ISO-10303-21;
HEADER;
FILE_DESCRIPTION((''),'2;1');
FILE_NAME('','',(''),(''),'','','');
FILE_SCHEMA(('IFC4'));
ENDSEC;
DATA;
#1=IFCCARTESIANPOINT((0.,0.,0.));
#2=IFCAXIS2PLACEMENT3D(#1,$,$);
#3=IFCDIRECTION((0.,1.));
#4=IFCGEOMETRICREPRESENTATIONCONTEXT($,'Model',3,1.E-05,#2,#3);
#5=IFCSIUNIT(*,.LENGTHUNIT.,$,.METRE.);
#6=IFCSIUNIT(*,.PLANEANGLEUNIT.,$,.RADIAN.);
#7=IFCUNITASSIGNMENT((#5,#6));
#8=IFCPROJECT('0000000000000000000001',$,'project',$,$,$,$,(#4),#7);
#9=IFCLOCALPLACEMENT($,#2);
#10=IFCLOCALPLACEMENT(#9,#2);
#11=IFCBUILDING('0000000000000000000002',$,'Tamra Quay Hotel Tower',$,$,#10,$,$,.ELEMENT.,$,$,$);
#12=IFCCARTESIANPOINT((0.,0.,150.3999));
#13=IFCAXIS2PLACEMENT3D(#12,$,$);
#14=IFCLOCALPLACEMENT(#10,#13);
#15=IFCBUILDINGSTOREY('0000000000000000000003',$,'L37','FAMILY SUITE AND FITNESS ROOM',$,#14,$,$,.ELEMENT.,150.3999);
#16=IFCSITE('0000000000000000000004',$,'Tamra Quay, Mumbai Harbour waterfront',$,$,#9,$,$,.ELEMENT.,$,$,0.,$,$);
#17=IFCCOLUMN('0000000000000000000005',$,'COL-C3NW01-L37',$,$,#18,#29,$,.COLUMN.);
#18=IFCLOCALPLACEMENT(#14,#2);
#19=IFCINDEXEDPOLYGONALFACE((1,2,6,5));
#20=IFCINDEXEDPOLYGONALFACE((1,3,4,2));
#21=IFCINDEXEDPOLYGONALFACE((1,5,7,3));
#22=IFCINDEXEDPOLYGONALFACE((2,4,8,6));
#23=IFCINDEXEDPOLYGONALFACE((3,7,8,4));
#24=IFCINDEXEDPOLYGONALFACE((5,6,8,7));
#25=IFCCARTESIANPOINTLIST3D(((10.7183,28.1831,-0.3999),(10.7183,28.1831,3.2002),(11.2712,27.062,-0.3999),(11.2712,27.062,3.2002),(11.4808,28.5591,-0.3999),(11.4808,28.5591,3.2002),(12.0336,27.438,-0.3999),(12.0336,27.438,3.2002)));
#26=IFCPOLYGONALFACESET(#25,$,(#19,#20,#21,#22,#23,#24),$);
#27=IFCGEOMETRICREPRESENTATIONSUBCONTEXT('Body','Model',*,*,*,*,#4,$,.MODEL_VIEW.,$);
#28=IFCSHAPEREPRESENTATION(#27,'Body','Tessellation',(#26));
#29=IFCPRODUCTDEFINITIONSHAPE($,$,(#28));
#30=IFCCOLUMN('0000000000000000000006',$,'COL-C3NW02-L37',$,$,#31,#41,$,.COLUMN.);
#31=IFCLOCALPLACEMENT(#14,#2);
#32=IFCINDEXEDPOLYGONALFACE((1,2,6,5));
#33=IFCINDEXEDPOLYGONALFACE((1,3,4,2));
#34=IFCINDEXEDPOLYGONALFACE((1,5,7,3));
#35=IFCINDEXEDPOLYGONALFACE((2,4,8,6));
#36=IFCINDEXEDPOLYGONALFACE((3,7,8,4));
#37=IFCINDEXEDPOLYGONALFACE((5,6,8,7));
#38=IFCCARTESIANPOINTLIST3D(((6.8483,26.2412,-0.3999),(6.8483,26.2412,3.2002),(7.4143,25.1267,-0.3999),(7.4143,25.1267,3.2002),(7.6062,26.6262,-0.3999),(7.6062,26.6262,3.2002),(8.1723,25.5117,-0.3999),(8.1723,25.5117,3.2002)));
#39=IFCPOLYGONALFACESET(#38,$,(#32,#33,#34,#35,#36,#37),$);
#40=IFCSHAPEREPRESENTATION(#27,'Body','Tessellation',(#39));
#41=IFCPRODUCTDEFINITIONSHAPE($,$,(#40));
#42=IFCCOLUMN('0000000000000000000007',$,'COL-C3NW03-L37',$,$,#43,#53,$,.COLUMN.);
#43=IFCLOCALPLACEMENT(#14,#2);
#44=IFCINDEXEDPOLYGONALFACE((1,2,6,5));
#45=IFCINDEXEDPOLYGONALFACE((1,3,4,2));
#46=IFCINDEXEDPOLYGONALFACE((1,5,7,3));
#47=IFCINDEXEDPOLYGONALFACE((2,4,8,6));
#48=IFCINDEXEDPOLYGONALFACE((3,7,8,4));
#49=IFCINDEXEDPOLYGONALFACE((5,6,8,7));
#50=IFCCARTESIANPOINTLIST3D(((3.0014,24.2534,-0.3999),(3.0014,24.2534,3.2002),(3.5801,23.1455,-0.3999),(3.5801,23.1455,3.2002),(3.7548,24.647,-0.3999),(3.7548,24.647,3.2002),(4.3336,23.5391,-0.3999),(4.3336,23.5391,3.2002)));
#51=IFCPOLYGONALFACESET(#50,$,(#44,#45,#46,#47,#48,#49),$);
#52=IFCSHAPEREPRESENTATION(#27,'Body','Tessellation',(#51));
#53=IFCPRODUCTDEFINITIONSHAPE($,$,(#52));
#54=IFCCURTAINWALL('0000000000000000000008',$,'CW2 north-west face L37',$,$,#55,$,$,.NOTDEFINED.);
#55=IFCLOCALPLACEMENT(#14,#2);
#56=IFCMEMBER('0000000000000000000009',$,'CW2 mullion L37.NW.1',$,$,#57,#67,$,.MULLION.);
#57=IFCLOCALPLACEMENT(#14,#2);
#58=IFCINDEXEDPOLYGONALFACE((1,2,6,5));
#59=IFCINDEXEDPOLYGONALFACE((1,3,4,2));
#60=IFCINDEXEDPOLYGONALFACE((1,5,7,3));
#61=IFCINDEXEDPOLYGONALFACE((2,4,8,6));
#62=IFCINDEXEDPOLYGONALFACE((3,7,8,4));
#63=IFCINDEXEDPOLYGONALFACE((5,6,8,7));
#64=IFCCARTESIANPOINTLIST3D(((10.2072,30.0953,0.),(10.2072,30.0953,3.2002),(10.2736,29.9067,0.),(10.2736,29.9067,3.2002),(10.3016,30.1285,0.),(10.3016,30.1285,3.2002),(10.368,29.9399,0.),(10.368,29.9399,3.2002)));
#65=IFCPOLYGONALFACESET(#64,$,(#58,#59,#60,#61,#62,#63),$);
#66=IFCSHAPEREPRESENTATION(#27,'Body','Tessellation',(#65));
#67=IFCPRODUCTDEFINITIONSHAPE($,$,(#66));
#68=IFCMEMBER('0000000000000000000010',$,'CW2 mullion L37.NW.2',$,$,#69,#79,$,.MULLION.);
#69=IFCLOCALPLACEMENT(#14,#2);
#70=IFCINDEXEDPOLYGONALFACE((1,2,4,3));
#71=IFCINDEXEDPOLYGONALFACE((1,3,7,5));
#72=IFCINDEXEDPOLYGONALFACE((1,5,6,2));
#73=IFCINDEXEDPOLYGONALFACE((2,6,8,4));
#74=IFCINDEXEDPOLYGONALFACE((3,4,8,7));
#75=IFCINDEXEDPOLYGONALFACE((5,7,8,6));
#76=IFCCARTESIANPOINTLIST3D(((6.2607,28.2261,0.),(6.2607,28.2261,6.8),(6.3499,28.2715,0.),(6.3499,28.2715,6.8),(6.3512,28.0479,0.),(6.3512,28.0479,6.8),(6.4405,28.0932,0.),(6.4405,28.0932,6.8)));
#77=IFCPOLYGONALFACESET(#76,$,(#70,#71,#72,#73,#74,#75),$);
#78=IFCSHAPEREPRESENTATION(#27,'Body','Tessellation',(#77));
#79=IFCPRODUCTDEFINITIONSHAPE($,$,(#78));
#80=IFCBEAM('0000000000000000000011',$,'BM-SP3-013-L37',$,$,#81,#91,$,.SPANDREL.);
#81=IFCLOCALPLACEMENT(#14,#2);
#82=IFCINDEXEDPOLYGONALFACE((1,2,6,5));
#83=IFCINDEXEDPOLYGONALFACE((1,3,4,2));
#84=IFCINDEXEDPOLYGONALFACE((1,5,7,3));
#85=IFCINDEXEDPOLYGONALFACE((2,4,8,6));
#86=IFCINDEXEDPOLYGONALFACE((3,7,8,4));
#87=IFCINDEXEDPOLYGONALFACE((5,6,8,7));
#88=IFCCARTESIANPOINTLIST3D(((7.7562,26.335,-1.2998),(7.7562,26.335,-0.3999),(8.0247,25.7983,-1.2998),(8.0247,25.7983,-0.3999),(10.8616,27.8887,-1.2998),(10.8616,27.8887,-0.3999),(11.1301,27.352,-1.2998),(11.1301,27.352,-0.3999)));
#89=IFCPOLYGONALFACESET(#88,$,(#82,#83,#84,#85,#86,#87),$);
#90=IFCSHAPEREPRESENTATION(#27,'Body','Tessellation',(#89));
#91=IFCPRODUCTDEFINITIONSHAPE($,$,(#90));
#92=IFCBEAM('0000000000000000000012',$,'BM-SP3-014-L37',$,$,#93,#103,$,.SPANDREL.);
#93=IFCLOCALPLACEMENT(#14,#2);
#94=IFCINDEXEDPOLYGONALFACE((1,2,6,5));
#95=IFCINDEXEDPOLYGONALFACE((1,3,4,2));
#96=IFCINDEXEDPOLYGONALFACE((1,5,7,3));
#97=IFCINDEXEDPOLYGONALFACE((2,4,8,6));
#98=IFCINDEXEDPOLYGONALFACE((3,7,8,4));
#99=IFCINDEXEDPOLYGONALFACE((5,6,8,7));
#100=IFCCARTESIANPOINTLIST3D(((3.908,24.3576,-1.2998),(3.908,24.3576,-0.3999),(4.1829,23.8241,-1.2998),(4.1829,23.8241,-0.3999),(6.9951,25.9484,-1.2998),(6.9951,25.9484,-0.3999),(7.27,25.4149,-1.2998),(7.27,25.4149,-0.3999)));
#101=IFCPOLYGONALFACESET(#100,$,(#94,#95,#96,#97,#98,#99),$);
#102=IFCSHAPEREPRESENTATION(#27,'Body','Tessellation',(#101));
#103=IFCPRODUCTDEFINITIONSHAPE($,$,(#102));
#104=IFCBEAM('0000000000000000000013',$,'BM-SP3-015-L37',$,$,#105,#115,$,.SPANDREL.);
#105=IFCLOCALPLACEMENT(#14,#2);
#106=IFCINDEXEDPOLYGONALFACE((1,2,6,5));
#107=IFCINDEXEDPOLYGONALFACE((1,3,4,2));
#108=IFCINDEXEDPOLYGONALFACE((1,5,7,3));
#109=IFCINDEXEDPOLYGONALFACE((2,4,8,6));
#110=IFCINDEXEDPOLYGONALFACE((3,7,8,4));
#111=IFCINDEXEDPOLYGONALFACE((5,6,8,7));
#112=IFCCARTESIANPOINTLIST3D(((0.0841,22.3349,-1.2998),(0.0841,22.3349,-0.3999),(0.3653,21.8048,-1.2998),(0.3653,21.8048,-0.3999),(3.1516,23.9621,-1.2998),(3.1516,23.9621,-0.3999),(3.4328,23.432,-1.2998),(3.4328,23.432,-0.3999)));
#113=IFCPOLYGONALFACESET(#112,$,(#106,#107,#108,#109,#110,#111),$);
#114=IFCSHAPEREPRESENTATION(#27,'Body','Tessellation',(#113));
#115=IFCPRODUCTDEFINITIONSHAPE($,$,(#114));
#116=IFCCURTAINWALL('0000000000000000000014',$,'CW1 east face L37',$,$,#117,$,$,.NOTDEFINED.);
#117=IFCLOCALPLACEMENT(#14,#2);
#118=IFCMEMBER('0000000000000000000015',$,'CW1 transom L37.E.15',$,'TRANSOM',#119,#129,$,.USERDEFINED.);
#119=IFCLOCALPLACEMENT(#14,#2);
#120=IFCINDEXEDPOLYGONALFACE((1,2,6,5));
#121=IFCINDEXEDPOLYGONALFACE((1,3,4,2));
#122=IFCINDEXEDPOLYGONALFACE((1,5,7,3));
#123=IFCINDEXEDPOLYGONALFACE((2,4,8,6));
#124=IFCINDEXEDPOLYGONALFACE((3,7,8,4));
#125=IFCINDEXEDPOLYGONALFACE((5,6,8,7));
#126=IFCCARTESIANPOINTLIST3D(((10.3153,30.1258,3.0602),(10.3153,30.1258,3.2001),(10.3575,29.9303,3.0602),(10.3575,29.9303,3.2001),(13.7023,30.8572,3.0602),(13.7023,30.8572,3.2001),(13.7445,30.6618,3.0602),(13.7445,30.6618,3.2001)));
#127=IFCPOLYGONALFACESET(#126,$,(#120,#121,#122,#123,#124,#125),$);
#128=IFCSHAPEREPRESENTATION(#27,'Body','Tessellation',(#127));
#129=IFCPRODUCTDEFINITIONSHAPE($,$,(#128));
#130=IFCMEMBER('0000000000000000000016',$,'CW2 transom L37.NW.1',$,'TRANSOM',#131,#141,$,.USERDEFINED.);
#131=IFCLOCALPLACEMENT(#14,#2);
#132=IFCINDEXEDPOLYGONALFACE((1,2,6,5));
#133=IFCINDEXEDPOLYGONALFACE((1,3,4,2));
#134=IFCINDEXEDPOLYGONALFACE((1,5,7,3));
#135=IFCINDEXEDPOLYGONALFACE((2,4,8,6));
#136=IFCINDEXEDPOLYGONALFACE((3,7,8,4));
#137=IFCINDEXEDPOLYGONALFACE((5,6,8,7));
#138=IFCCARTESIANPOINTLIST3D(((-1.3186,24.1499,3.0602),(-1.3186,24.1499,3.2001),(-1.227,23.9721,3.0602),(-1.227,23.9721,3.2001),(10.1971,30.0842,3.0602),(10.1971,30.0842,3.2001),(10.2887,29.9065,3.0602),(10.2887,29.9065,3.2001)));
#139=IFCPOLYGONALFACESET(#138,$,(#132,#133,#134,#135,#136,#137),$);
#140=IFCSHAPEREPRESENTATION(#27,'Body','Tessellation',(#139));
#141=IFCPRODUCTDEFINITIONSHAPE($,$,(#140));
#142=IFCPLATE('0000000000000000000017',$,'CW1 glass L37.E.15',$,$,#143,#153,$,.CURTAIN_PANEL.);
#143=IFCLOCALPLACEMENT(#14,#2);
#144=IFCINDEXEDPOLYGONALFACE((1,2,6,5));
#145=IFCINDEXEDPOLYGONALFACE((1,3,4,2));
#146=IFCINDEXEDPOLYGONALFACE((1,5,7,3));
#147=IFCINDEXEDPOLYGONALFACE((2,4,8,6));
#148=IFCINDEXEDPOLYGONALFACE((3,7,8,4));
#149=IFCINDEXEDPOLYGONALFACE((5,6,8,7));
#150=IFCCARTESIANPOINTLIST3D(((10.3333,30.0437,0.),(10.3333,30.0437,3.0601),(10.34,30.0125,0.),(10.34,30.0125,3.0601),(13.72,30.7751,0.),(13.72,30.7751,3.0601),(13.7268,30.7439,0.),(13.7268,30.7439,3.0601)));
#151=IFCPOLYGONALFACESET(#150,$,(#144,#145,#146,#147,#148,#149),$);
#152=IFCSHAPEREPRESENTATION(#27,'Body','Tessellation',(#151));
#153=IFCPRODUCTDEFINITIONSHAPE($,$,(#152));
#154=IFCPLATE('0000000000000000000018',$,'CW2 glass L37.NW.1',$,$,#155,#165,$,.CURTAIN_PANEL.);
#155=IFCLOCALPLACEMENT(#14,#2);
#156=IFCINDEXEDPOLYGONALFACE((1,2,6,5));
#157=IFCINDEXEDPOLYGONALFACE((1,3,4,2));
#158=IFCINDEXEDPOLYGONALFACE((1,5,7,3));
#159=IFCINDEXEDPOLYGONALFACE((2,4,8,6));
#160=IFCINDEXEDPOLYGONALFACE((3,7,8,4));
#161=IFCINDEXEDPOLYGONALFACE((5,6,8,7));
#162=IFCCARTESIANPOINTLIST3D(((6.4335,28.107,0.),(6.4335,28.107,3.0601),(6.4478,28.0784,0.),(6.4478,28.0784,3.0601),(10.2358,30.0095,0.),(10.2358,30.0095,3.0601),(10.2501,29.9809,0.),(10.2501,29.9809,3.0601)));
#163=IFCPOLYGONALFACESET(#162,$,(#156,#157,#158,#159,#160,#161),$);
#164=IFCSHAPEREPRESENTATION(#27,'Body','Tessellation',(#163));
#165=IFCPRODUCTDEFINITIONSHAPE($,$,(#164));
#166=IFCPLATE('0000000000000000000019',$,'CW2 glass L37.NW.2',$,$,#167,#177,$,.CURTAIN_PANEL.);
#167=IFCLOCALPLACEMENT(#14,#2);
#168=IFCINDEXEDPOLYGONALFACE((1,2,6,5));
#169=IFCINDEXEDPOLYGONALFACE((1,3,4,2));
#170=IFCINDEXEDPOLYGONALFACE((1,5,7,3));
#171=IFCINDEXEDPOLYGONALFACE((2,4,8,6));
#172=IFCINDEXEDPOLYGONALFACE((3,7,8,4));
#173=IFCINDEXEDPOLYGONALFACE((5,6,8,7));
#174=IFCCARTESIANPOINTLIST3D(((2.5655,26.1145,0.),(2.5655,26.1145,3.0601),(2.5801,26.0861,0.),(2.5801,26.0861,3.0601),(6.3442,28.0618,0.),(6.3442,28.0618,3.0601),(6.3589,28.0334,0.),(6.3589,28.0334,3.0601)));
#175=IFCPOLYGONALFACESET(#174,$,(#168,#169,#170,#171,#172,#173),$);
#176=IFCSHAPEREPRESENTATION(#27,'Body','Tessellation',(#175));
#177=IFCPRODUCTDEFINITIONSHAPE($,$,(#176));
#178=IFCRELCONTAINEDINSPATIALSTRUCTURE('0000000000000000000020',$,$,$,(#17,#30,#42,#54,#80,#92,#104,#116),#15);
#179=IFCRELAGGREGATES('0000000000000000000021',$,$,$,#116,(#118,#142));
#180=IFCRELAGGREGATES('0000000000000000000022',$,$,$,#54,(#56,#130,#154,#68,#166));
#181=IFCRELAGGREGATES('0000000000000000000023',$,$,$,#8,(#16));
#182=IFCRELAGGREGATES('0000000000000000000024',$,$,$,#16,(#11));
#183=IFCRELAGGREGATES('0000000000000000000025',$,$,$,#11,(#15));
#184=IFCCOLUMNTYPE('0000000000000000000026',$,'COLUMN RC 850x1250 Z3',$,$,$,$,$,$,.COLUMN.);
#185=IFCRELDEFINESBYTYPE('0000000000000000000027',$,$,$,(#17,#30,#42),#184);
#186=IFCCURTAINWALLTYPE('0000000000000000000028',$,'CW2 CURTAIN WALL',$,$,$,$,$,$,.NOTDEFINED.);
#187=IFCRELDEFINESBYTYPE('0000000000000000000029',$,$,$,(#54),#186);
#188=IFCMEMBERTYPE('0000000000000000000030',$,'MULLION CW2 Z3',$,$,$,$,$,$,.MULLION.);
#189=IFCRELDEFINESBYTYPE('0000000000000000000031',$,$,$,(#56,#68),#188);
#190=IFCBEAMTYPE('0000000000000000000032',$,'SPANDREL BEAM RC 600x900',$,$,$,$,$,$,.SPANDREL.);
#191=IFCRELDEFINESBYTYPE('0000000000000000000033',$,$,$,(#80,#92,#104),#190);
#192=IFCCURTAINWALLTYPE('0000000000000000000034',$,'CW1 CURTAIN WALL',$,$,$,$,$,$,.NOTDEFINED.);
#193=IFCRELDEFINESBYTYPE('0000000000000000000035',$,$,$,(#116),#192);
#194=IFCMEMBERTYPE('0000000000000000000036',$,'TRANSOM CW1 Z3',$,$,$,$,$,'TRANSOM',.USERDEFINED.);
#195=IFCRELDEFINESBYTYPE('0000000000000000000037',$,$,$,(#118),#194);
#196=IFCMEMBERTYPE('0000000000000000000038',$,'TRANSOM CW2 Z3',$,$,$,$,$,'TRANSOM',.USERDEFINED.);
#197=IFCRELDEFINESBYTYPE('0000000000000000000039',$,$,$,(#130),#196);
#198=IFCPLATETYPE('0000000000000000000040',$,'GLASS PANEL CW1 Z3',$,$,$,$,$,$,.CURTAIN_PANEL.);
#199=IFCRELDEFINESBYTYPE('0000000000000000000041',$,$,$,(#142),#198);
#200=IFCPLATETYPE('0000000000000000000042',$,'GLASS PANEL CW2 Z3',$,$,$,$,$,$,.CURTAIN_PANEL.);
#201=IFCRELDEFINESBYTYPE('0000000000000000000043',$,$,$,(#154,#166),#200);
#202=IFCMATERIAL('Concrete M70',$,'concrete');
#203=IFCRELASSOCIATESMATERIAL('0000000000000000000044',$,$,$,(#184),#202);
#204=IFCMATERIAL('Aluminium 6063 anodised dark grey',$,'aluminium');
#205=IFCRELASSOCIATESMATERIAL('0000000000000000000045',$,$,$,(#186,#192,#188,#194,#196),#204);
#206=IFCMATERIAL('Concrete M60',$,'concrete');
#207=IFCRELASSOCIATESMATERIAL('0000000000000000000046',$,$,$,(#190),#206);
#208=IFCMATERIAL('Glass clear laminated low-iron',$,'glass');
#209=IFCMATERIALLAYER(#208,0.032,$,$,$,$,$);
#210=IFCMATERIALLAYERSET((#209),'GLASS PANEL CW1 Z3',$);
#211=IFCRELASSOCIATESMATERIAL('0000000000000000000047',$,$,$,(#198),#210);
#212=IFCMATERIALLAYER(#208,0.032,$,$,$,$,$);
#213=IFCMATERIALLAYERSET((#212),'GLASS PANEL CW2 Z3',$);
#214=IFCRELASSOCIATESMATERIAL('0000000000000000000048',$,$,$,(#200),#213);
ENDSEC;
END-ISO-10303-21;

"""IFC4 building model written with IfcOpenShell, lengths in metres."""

from ifc_helpers import new_model, si_unit, direction, frame, origin, origin_2d, place, context, subcontext, project, spatial, rectangle, extrude, material, layer, layer_set, material_profile, profile_set, type_object, element, aggregate, save


model = new_model("IFC4")

# Units and contexts
model_context = context("Model", 3, precision=1e-05, world=origin(), true_north=direction((0.0, 1.0)))
body_context = subcontext(model_context, "Body", "Model", "MODEL_VIEW")
ifc_project = project(units=[si_unit("LENGTHUNIT", "METRE"), si_unit("PLANEANGLEUNIT", "RADIAN")], contexts=[model_context])

# Site, building, storey
site_placement = place(None, origin())
site = spatial("IfcSite", under=ifc_project, at=site_placement, Name="Tamra Quay, Mumbai Harbour waterfront", CompositionType="ELEMENT", RefElevation=0.0)
building_placement = place(site_placement, origin())
building = spatial("IfcBuilding", under=site, at=building_placement, Name="Tamra Quay Hotel Tower", CompositionType="ELEMENT")
storey_placement = place(building_placement, frame((0.0, 0.0, 150.3999)))
storey = spatial("IfcBuildingStorey", under=building, at=storey_placement, Name="L37", Description="FAMILY SUITE AND FITNESS ROOM", CompositionType="ELEMENT", Elevation=150.3999)

# Columns
ifc_material_1 = material(Name="Concrete M70", Category="concrete")
ifc_material_profile_1 = material_profile(ifc_material_1, rectangle(XDim=1.25, YDim=0.8501, at=origin_2d()), Name="COLUMN RC 850x1250 Z3")
ifc_profile_set_1 = profile_set([ifc_material_profile_1], Name="Concrete M70")
column_type = type_object("IfcColumnType", Name="COLUMN RC 850x1250 Z3", PredefinedType="COLUMN", material=ifc_profile_set_1)
for number, where, z_axis, x_axis, name in (
    (1, (11.376, 27.8105, -0.3999), (0.0, 0.0, 1.0), (-0.442275, 0.89688, 0.0), "COL-C3NW01-L37"),
    (2, (7.5103, 25.8765, -0.3999), (0.0, 0.0, 1.0), (-0.45286, 0.891582, 0.0), "COL-C3NW02-L37"),
    (3, (3.6675, 23.8962, -0.3999), (0.0, 0.0, 1.0), (-0.463007, 0.886355, 0.0), "COL-C3NW03-L37"),
):
    element("IfcColumn", number, at=place(storey_placement, frame(where, z_axis=z_axis, x_axis=x_axis)), inside=storey, type_object=column_type, Name=name, PredefinedType="COLUMN", context=body_context, shape_type="SweptSolid", body=[
        extrude(rectangle(XDim=1.25, YDim=0.8501, at=origin_2d()), origin(), (0.0, 0.0, 1.0), 3.6001),
    ])

# Curtain wall, members
ifc_material_2 = material(Name="Aluminium 6063 anodised dark grey", Category="aluminium")
curtain_wall_type_1 = type_object("IfcCurtainWallType", Name="CW2 CURTAIN WALL", PredefinedType="NOTDEFINED", material=ifc_material_2)
curtain_wall_1_placement = place(storey_placement, origin())
curtain_wall_1 = element("IfcCurtainWall", 4, at=curtain_wall_1_placement, inside=storey, type_object=curtain_wall_type_1, Name="CW2 north-west face L37", PredefinedType="NOTDEFINED")
ifc_material_profile_2 = material_profile(ifc_material_2, rectangle(XDim=0.2, YDim=0.1001, at=origin_2d()), Name="MULLION 100X200")
ifc_profile_set_2 = profile_set([ifc_material_profile_2], Name="Aluminium 6063 anodised dark grey")
member_type_1 = type_object("IfcMemberType", Name="MULLION CW2 Z3", PredefinedType="MULLION", material=ifc_profile_set_2)
member_1_placement = place(storey_placement, frame((10.2876, 30.0176, 0.0), z_axis=(0.0, 0.0, 1.0), x_axis=(-0.331894, 0.943317, 0.0)))
member_1 = element("IfcMember", 5, at=member_1_placement, type_object=member_type_1, Name="CW2 mullion L37.NW.1", PredefinedType="MULLION", context=body_context, shape_type="SweptSolid", body=[
    extrude(rectangle(XDim=0.2, YDim=0.1001, at=origin_2d()), origin(), (0.0, 0.0, 1.0), 3.2002),
])
member_2_placement = place(storey_placement, frame((6.3506, 28.1597, 0.0), z_axis=(0.0, 0.0, 1.0), x_axis=(-0.452777, 0.891624, 0.0)))
member_2 = element("IfcMember", 6, at=member_2_placement, type_object=member_type_1, Name="CW2 mullion L37.NW.2", PredefinedType="MULLION", context=body_context, shape_type="SweptSolid", body=[
    extrude(rectangle(XDim=0.2, YDim=0.1001, at=origin_2d()), origin(), (0.0, 0.0, 1.0), 6.8),
])

# Beams
ifc_material_3 = material(Name="Concrete M60", Category="concrete")
ifc_material_profile_3 = material_profile(ifc_material_3, rectangle(XDim=0.6001, YDim=0.8999, at=origin_2d()), Name="SPANDREL BEAM RC 600x900")
ifc_profile_set_3 = profile_set([ifc_material_profile_3], Name="Concrete M60")
beam_type = type_object("IfcBeamType", Name="SPANDREL BEAM RC 600x900", PredefinedType="SPANDREL", material=ifc_profile_set_3)
beam_1_placement = place(storey_placement, frame((10.9958, 27.6204, -0.8499), z_axis=(-0.894315, -0.447439, 0.0), x_axis=(0.447439, -0.894315, 0.0)))
element("IfcBeam", 7, at=beam_1_placement, inside=storey, type_object=beam_type, Name="BM-SP3-013-L37", PredefinedType="SPANDREL", context=body_context, shape_type="SweptSolid", body=[
    extrude(rectangle(XDim=0.6001, YDim=0.8999, at=origin_2d()), origin(), (0.0, 0.0, 1.0), 3.4724),
])
beam_2_placement = place(storey_placement, frame((7.1326, 25.6816, -0.8499), z_axis=(-0.88892, -0.458063, 0.0), x_axis=(0.458063, -0.88892, 0.0)))
element("IfcBeam", 8, at=beam_2_placement, inside=storey, type_object=beam_type, Name="BM-SP3-014-L37", PredefinedType="SPANDREL", context=body_context, shape_type="SweptSolid", body=[
    extrude(rectangle(XDim=0.6001, YDim=0.8999, at=origin_2d()), origin(), (0.0, 0.0, 1.0), 3.4729),
])
beam_3_placement = place(storey_placement, frame((3.2922, 23.697, -0.8499), z_axis=(-0.883411, -0.468598, 0.0), x_axis=(0.468598, -0.883411, 0.0)))
element("IfcBeam", 9, at=beam_3_placement, inside=storey, type_object=beam_type, Name="BM-SP3-015-L37", PredefinedType="SPANDREL", context=body_context, shape_type="SweptSolid", body=[
    extrude(rectangle(XDim=0.6001, YDim=0.8999, at=origin_2d()), origin(), (0.0, 0.0, 1.0), 3.4724),
])

# Curtain wall, member
curtain_wall_type_2 = type_object("IfcCurtainWallType", Name="CW1 CURTAIN WALL", PredefinedType="NOTDEFINED", material=ifc_material_2)
curtain_wall_2_placement = place(storey_placement, origin())
curtain_wall_2 = element("IfcCurtainWall", 10, at=curtain_wall_2_placement, inside=storey, type_object=curtain_wall_type_2, Name="CW1 east face L37", PredefinedType="NOTDEFINED")
ifc_material_profile_4 = material_profile(ifc_material_2, rectangle(XDim=0.2, YDim=0.1399, at=origin_2d()), Name="TRANSOM 200X140")
ifc_profile_set_4 = profile_set([ifc_material_profile_4], Name="Aluminium 6063 anodised dark grey")
member_type_2 = type_object("IfcMemberType", Name="TRANSOM CW1 Z3", ElementType="TRANSOM", PredefinedType="USERDEFINED", material=ifc_profile_set_4)
member_3_placement = place(storey_placement, frame((13.7234, 30.7595, 3.1301), z_axis=(-0.977466, -0.211093, 0.0), x_axis=(0.211093, -0.977466, 0.0)))
member_3 = element("IfcMember", 11, at=member_3_placement, type_object=member_type_2, Name="CW1 transom L37.E.15", ObjectType="TRANSOM", PredefinedType="USERDEFINED", context=body_context, shape_type="SweptSolid", body=[
    extrude(rectangle(XDim=0.2, YDim=0.1399, at=origin_2d()), origin(), (0.0, 0.0, 1.0), 3.4651),
])

# Member
ifc_material_profile_5 = material_profile(ifc_material_2, rectangle(XDim=0.2, YDim=0.1399, at=origin_2d()), Name="TRANSOM 200X140")
ifc_profile_set_5 = profile_set([ifc_material_profile_5], Name="Aluminium 6063 anodised dark grey")
member_type_3 = type_object("IfcMemberType", Name="TRANSOM CW2 Z3", ElementType="TRANSOM", PredefinedType="USERDEFINED", material=ifc_profile_set_5)
member_4_placement = place(storey_placement, frame((10.2429, 29.9954, 3.1301), z_axis=(-0.888911, -0.458081, 0.0), x_axis=(0.458081, -0.888911, 0.0)))
member_4 = element("IfcMember", 12, at=member_4_placement, type_object=member_type_3, Name="CW2 transom L37.NW.1", ObjectType="TRANSOM", PredefinedType="USERDEFINED", context=body_context, shape_type="SweptSolid", body=[
    extrude(rectangle(XDim=0.2, YDim=0.1399, at=origin_2d()), origin(), (0.0, 0.0, 1.0), 12.9548),
])

# Plates
ifc_material_4 = material(Name="Glass clear laminated low-iron", Category="glass")
ifc_layer_1 = layer(ifc_material_4, 0.032)
ifc_layer_set_1 = layer_set([ifc_layer_1], Name="GLASS PANEL CW1 Z3")
plate_type_1 = type_object("IfcPlateType", Name="GLASS PANEL CW1 Z3", PredefinedType="CURTAIN_PANEL", material=ifc_layer_set_1)
plate_1_placement = place(storey_placement, frame((12.03, 30.3938, 0.0), z_axis=(0.0, 0.0, 1.0), x_axis=(-0.977465, -0.211099, 0.0)))
plate_1 = element("IfcPlate", 13, at=plate_1_placement, type_object=plate_type_1, Name="CW1 glass L37.E.15", PredefinedType="CURTAIN_PANEL", context=body_context, shape_type="SweptSolid", body=[
    extrude(rectangle(XDim=3.4648, YDim=0.032, at=origin_2d()), origin(), (0.0, 0.0, 1.0), 3.0601),
])
aggregate(curtain_wall_2, [member_3, plate_1])
ifc_layer_2 = layer(ifc_material_4, 0.032)
ifc_layer_set_2 = layer_set([ifc_layer_2], Name="GLASS PANEL CW2 Z3")
plate_type_2 = type_object("IfcPlateType", Name="GLASS PANEL CW2 Z3", PredefinedType="CURTAIN_PANEL", material=ifc_layer_set_2)
plate_2_placement = place(storey_placement, frame((8.3418, 29.0439, 0.0), z_axis=(0.0, 0.0, 1.0), x_axis=(-0.894305, -0.447459, 0.0)))
plate_2 = element("IfcPlate", 14, at=plate_2_placement, type_object=plate_type_2, Name="CW2 glass L37.NW.1", PredefinedType="CURTAIN_PANEL", context=body_context, shape_type="SweptSolid", body=[
    extrude(rectangle(XDim=4.2517, YDim=0.032, at=origin_2d()), origin(), (0.0, 0.0, 1.0), 3.0601),
])
plate_3_placement = place(storey_placement, frame((4.4622, 27.074, 0.0), z_axis=(0.0, 0.0, 1.0), x_axis=(-0.888911, -0.458079, 0.0)))
plate_3 = element("IfcPlate", 15, at=plate_3_placement, type_object=plate_type_2, Name="CW2 glass L37.NW.2", PredefinedType="CURTAIN_PANEL", context=body_context, shape_type="SweptSolid", body=[
    extrude(rectangle(XDim=4.251, YDim=0.032, at=origin_2d()), origin(), (0.0, 0.0, 1.0), 3.0601),
])
aggregate(curtain_wall_1, [member_1, member_4, plate_2, member_2, plate_3])

save(model, "model.ifc")
